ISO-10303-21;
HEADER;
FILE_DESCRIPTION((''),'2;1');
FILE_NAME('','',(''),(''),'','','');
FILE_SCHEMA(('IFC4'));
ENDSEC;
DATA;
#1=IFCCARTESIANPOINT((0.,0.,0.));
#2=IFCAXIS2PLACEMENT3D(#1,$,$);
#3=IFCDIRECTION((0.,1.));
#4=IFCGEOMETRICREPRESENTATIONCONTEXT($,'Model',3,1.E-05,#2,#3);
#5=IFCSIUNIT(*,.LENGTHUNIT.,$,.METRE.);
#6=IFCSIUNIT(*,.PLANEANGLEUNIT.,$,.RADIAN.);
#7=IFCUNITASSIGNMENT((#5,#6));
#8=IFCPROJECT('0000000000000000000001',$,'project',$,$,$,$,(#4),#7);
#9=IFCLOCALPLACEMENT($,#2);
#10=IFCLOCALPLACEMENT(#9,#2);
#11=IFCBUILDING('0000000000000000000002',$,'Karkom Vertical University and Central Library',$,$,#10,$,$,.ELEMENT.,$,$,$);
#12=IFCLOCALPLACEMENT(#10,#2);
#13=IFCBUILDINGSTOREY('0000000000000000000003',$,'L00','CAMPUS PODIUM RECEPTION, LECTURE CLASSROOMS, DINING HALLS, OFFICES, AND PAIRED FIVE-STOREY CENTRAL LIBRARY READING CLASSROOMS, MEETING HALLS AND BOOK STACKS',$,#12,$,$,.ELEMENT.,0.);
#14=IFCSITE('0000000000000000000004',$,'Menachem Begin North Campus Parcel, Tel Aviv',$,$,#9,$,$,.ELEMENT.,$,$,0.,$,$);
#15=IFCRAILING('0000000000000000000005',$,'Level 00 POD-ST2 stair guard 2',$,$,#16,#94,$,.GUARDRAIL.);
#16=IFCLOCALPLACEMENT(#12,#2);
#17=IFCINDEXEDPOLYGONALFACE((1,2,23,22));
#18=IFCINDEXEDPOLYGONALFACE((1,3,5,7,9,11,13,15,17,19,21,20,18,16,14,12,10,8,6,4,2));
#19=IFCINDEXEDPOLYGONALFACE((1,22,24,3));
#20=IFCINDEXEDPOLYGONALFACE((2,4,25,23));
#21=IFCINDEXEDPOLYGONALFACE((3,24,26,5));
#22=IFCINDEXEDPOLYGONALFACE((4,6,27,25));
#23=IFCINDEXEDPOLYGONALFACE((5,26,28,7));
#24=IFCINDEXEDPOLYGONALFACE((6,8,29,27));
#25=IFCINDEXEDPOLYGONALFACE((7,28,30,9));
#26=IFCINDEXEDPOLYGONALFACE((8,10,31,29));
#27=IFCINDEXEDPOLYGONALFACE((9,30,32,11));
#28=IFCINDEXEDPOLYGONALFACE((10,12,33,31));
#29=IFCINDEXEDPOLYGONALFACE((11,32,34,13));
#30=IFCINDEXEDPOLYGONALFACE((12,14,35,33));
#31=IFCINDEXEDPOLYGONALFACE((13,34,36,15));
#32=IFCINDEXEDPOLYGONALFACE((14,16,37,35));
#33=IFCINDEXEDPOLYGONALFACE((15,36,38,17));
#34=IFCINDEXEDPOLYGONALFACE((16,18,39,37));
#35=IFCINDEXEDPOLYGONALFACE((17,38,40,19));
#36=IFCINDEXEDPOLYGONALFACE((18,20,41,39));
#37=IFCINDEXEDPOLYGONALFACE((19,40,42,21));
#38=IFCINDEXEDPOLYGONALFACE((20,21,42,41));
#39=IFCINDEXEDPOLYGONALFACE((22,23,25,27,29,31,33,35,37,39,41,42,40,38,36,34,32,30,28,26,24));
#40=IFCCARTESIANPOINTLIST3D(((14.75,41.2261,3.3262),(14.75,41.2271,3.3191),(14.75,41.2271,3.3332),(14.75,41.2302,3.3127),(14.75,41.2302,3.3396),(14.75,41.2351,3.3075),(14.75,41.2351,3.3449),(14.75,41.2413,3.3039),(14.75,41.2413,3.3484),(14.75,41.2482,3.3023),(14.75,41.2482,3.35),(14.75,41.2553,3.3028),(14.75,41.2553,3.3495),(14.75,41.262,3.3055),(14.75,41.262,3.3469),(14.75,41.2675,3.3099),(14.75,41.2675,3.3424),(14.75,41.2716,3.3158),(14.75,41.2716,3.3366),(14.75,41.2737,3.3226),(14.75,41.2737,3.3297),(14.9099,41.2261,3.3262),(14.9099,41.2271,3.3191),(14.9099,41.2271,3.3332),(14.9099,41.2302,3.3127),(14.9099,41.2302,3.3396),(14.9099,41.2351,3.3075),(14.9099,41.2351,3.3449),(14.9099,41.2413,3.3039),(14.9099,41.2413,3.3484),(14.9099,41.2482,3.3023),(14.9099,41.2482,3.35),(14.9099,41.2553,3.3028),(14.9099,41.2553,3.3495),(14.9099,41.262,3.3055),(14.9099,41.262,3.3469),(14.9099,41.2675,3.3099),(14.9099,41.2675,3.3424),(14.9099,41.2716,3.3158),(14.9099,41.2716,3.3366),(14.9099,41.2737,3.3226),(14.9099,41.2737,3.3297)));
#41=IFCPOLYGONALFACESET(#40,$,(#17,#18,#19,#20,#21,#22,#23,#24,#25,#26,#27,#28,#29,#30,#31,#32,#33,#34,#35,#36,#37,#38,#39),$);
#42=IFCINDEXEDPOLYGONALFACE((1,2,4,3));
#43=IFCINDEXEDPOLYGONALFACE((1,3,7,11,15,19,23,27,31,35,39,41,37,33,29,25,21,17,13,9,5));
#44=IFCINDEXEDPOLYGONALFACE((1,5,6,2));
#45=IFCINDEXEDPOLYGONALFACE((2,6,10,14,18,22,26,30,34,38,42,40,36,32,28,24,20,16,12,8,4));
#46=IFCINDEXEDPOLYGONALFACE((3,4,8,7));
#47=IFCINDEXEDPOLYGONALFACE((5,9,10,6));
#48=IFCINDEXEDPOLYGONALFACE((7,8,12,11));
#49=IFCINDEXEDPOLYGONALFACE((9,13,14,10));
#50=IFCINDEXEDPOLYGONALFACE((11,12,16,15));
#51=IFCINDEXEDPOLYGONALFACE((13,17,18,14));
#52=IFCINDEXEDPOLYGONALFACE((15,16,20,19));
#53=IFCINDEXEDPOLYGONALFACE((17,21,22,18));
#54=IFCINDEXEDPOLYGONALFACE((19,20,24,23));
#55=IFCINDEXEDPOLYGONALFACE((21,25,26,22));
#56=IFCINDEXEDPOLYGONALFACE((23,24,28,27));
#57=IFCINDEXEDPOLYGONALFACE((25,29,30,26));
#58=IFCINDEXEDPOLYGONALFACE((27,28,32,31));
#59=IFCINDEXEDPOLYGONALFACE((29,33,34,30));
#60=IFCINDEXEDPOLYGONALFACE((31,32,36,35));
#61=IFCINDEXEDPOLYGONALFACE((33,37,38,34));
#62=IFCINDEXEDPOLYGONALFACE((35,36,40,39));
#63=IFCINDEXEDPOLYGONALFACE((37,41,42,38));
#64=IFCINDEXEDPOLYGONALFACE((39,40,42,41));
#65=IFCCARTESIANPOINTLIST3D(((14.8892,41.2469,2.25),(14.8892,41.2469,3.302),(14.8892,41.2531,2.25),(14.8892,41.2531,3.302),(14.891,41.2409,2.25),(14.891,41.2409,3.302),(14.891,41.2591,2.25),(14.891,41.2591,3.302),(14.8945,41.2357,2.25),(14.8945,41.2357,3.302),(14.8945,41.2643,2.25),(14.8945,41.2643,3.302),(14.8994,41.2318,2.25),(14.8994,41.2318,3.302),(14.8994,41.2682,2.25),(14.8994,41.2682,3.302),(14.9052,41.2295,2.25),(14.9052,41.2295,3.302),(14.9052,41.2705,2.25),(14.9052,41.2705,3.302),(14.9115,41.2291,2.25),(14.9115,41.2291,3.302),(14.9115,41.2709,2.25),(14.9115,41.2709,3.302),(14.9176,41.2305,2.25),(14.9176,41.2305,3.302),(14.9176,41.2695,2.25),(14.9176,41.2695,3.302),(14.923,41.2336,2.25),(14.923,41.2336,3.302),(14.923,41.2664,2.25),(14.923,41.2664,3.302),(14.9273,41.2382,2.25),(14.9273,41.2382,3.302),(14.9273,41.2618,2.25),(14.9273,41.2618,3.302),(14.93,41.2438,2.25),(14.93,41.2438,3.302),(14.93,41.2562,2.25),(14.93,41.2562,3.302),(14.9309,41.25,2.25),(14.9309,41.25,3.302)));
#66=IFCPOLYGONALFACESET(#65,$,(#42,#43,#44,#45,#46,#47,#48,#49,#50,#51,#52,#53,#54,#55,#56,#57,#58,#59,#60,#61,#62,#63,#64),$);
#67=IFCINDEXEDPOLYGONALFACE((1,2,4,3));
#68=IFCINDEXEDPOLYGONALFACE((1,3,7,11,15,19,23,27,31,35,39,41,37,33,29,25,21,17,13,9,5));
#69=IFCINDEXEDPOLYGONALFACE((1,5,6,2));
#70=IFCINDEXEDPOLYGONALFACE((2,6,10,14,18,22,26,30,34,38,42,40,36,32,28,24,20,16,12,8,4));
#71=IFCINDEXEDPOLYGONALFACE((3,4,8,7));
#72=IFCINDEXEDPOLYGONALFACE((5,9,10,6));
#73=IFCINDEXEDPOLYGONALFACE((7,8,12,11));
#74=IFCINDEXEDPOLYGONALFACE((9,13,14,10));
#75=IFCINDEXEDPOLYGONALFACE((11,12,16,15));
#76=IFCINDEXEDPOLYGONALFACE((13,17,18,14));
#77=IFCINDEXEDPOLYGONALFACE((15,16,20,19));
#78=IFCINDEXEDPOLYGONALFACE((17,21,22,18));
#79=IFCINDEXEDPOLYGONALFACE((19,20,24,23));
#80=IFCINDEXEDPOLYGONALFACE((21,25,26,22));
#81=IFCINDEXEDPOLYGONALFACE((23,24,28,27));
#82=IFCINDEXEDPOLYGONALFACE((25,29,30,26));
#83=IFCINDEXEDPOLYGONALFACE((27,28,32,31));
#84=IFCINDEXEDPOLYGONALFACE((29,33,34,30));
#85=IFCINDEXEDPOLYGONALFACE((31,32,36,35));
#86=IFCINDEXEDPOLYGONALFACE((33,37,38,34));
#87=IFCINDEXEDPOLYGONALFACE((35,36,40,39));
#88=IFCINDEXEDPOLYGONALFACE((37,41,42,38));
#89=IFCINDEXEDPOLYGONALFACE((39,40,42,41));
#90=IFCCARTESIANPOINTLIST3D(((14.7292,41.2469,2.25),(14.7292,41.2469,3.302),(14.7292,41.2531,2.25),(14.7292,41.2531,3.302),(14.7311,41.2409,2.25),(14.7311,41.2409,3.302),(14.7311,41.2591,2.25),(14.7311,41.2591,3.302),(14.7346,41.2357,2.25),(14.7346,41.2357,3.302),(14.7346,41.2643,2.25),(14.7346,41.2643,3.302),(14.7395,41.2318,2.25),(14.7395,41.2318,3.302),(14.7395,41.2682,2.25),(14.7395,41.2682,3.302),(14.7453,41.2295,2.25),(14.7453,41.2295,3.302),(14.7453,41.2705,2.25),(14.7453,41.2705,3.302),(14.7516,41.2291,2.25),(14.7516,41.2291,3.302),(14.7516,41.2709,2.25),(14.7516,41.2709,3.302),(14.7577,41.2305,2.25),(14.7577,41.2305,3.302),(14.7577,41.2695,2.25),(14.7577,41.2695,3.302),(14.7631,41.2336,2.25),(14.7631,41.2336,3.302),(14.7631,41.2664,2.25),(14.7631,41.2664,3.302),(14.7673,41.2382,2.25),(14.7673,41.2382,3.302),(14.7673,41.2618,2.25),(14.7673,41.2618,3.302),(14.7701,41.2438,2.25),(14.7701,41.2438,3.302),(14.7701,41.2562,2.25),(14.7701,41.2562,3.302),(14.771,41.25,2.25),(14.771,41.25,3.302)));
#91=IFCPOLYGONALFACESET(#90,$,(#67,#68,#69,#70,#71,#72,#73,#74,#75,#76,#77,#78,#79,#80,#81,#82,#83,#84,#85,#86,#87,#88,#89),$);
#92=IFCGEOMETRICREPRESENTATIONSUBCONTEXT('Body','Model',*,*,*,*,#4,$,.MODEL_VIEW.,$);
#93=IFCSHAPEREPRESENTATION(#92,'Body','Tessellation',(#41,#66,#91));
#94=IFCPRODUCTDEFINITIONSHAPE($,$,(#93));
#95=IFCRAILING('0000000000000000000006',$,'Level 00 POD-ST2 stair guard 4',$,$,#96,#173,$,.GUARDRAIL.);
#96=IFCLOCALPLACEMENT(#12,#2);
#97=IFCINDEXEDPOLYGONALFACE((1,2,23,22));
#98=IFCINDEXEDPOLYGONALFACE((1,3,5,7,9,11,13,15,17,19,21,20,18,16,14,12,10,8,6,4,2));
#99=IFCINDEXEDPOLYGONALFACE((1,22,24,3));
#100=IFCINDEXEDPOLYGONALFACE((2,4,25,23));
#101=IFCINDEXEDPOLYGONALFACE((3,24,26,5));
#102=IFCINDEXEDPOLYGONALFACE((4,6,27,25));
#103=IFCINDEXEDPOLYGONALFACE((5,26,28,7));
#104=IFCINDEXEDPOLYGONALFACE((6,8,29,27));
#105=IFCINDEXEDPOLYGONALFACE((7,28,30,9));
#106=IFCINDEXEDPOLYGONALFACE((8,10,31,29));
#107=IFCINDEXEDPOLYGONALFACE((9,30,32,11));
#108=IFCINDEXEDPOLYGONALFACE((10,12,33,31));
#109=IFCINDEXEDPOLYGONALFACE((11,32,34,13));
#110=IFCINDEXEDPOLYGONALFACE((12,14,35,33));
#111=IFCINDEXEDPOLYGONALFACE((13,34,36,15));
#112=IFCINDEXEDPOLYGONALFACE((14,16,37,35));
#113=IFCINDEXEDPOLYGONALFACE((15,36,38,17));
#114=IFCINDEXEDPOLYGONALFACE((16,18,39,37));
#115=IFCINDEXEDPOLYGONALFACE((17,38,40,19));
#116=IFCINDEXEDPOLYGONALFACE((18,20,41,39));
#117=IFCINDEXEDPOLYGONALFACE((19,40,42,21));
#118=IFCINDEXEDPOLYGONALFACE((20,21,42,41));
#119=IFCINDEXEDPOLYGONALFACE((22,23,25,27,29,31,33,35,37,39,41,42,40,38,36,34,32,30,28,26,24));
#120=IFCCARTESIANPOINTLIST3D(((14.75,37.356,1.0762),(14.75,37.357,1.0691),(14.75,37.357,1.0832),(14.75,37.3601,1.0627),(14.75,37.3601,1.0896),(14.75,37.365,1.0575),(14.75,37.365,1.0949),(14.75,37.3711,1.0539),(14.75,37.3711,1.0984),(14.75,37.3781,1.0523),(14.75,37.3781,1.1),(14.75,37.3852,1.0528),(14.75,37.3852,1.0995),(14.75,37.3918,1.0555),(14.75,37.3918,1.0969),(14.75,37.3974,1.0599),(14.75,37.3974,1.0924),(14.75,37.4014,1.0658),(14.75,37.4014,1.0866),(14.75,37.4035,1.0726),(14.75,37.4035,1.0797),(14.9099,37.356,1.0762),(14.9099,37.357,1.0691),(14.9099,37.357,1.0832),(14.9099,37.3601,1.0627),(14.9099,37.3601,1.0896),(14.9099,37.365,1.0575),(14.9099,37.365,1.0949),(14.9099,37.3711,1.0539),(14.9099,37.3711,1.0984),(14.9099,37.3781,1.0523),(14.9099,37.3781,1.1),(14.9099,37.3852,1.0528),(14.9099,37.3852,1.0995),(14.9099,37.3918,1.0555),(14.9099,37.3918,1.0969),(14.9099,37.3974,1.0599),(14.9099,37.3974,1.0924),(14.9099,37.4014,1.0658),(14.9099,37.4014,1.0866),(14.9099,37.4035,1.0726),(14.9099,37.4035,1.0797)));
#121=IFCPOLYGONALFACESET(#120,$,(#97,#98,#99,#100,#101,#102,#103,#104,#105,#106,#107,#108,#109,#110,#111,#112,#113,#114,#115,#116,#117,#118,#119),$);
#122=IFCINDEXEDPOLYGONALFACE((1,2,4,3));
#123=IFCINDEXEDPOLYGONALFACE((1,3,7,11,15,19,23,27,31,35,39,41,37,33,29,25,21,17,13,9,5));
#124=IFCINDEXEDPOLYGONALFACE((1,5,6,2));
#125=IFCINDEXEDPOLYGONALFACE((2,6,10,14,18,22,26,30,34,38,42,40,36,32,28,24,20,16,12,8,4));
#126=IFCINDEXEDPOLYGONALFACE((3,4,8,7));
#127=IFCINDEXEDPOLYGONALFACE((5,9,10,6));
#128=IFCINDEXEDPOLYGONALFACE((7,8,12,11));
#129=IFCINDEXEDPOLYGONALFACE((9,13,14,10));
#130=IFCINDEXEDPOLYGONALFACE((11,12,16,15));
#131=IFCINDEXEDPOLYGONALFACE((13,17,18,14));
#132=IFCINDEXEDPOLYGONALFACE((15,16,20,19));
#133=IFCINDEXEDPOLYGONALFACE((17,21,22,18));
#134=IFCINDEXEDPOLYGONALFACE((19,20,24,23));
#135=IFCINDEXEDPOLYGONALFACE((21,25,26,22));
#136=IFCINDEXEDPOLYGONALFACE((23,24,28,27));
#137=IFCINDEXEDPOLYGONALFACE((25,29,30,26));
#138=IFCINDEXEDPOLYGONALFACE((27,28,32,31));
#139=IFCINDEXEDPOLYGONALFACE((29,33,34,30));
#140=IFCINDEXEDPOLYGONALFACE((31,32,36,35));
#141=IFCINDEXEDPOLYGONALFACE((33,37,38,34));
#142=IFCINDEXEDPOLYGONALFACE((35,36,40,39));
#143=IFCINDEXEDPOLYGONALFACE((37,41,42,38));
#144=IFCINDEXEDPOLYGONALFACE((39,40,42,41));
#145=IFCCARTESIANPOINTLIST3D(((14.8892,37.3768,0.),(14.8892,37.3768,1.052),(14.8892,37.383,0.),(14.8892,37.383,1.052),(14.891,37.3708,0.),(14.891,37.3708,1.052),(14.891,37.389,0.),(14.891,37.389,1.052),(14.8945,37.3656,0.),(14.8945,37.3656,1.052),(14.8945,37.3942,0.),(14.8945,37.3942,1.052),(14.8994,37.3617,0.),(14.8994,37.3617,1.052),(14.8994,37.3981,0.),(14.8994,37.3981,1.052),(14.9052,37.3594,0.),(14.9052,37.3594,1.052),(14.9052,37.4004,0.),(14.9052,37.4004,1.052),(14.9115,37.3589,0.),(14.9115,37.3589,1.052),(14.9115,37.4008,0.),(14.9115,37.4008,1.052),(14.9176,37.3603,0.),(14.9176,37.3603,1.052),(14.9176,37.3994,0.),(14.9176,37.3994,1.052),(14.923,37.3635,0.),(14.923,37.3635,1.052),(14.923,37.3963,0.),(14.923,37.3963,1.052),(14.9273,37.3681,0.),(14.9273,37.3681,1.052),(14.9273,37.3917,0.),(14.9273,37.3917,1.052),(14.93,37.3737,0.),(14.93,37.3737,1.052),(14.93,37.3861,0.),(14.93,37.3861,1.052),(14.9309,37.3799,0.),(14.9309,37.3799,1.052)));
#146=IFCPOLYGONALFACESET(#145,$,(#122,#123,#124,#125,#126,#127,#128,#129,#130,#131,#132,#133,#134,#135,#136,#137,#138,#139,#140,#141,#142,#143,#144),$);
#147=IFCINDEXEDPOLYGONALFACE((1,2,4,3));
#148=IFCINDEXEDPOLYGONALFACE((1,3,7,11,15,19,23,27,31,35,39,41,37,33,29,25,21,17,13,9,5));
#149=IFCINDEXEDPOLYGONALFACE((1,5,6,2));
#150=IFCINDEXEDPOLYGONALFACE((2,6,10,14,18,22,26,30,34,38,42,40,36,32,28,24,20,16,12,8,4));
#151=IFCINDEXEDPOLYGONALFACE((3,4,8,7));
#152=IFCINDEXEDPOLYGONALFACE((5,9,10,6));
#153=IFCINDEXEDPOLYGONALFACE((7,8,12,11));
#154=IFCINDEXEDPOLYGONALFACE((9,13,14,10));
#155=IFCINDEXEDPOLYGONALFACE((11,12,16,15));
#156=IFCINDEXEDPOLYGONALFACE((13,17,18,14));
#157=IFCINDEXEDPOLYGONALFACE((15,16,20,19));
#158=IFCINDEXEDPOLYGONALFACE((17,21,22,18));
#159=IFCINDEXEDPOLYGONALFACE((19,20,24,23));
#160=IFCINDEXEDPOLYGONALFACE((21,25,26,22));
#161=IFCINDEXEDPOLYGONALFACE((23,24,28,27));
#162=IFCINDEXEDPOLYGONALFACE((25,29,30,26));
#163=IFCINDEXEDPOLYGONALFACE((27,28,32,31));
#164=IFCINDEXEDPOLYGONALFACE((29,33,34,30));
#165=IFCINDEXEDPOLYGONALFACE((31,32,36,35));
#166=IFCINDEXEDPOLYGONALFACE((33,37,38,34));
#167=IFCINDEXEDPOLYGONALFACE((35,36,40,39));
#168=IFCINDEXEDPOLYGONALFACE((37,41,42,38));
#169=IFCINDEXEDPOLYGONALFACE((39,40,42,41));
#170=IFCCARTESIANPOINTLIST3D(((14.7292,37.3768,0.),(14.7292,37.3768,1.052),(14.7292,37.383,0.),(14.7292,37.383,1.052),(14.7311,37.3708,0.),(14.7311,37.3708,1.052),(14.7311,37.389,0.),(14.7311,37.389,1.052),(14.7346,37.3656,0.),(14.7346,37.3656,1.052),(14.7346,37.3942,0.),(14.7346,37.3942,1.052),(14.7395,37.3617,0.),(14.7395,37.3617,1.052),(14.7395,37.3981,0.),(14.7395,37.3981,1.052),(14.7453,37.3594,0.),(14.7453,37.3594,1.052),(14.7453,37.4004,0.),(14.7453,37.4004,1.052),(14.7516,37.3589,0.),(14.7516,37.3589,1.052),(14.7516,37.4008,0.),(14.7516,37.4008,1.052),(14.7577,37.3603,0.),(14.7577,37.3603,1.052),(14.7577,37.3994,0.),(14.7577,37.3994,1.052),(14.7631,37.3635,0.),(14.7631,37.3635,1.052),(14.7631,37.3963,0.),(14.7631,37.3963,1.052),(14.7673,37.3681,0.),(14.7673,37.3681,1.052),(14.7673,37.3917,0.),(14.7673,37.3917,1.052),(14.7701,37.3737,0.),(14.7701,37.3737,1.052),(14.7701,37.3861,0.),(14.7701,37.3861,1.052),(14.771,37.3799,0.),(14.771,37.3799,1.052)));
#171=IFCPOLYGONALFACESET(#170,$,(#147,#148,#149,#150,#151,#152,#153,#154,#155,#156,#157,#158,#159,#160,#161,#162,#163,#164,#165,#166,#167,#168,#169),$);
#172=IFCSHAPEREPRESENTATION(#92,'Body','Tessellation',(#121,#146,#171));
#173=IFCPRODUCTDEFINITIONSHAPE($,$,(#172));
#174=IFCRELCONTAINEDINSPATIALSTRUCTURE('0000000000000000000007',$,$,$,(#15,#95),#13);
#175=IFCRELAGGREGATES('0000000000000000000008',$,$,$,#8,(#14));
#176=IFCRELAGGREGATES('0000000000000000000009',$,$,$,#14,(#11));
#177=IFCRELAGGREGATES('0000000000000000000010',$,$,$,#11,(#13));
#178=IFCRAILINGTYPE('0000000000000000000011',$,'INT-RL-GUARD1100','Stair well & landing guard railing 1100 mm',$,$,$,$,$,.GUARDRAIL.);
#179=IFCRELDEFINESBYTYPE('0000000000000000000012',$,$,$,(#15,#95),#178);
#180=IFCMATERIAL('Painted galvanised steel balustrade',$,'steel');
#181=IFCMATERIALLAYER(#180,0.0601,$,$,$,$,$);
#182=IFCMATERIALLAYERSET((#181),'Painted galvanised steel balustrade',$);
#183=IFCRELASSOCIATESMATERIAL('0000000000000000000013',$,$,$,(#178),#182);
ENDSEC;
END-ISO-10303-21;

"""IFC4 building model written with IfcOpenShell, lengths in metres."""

from ifc_helpers import new_model, si_unit, direction, frame, origin, origin_2d, place, context, subcontext, project, spatial, circle, extrude, material, layer, layer_set, type_object, element, save


model = new_model("IFC4")

# Units and contexts
model_context = context("Model", 3, precision=1e-05, world=origin(), true_north=direction((0.0, 1.0)))
body_context = subcontext(model_context, "Body", "Model", "MODEL_VIEW")
ifc_project = project(units=[si_unit("LENGTHUNIT", "METRE"), si_unit("PLANEANGLEUNIT", "RADIAN")], contexts=[model_context])

# Site, building, storey
site_placement = place(None, origin())
site = spatial("IfcSite", under=ifc_project, at=site_placement, Name="Menachem Begin North Campus Parcel, Tel Aviv", CompositionType="ELEMENT", RefElevation=0.0)
building_placement = place(site_placement, origin())
building = spatial("IfcBuilding", under=site, at=building_placement, Name="Karkom Vertical University and Central Library", CompositionType="ELEMENT")
storey_placement = place(building_placement, origin())
storey = spatial("IfcBuildingStorey", under=building, at=storey_placement, Name="L00", Description="CAMPUS PODIUM RECEPTION, LECTURE CLASSROOMS, DINING HALLS, OFFICES, AND PAIRED FIVE-STOREY CENTRAL LIBRARY READING CLASSROOMS, MEETING HALLS AND BOOK STACKS", CompositionType="ELEMENT", Elevation=0.0)

# Railings
ifc_material_1 = material(Name="Painted galvanised steel balustrade", Category="steel")
ifc_layer_1 = layer(ifc_material_1, 0.0601)
ifc_layer_set_1 = layer_set([ifc_layer_1], Name="Painted galvanised steel balustrade")
railing_type_1 = type_object("IfcRailingType", Name="INT-RL-GUARD1100", Description="Stair well & landing guard railing 1100 mm", PredefinedType="GUARDRAIL", material=ifc_layer_set_1)
for number, where, name in (
    (1, (14.9099, 41.25, 2.25), "Level 00 POD-ST2 stair guard 2"),
    (2, (14.9099, 37.3799, 0.0), "Level 00 POD-ST2 stair guard 4"),
):
    element("IfcRailing", number, at=place(storey_placement, frame(where)), inside=storey, type_object=railing_type_1, Name=name, PredefinedType="GUARDRAIL", context=body_context, shape_type="SweptSolid", body=[
        extrude(circle(Radius=0.0239, at=origin_2d()), frame((0.0, 0.0, 1.0762), z_axis=(-1.0, 0.0, 0.0), x_axis=(0.0, -1.0, 0.0)), (0.0, 0.0, 1.0), 0.1599),
        extrude(circle(Radius=0.021, at=origin_2d()), origin(), (0.0, 0.0, 1.0), 1.052),
        extrude(circle(Radius=0.021, at=origin_2d()), frame((-0.1599, 0.0, 0.0)), (0.0, 0.0, 1.0), 1.052),
    ])

save(model, "model.ifc")
